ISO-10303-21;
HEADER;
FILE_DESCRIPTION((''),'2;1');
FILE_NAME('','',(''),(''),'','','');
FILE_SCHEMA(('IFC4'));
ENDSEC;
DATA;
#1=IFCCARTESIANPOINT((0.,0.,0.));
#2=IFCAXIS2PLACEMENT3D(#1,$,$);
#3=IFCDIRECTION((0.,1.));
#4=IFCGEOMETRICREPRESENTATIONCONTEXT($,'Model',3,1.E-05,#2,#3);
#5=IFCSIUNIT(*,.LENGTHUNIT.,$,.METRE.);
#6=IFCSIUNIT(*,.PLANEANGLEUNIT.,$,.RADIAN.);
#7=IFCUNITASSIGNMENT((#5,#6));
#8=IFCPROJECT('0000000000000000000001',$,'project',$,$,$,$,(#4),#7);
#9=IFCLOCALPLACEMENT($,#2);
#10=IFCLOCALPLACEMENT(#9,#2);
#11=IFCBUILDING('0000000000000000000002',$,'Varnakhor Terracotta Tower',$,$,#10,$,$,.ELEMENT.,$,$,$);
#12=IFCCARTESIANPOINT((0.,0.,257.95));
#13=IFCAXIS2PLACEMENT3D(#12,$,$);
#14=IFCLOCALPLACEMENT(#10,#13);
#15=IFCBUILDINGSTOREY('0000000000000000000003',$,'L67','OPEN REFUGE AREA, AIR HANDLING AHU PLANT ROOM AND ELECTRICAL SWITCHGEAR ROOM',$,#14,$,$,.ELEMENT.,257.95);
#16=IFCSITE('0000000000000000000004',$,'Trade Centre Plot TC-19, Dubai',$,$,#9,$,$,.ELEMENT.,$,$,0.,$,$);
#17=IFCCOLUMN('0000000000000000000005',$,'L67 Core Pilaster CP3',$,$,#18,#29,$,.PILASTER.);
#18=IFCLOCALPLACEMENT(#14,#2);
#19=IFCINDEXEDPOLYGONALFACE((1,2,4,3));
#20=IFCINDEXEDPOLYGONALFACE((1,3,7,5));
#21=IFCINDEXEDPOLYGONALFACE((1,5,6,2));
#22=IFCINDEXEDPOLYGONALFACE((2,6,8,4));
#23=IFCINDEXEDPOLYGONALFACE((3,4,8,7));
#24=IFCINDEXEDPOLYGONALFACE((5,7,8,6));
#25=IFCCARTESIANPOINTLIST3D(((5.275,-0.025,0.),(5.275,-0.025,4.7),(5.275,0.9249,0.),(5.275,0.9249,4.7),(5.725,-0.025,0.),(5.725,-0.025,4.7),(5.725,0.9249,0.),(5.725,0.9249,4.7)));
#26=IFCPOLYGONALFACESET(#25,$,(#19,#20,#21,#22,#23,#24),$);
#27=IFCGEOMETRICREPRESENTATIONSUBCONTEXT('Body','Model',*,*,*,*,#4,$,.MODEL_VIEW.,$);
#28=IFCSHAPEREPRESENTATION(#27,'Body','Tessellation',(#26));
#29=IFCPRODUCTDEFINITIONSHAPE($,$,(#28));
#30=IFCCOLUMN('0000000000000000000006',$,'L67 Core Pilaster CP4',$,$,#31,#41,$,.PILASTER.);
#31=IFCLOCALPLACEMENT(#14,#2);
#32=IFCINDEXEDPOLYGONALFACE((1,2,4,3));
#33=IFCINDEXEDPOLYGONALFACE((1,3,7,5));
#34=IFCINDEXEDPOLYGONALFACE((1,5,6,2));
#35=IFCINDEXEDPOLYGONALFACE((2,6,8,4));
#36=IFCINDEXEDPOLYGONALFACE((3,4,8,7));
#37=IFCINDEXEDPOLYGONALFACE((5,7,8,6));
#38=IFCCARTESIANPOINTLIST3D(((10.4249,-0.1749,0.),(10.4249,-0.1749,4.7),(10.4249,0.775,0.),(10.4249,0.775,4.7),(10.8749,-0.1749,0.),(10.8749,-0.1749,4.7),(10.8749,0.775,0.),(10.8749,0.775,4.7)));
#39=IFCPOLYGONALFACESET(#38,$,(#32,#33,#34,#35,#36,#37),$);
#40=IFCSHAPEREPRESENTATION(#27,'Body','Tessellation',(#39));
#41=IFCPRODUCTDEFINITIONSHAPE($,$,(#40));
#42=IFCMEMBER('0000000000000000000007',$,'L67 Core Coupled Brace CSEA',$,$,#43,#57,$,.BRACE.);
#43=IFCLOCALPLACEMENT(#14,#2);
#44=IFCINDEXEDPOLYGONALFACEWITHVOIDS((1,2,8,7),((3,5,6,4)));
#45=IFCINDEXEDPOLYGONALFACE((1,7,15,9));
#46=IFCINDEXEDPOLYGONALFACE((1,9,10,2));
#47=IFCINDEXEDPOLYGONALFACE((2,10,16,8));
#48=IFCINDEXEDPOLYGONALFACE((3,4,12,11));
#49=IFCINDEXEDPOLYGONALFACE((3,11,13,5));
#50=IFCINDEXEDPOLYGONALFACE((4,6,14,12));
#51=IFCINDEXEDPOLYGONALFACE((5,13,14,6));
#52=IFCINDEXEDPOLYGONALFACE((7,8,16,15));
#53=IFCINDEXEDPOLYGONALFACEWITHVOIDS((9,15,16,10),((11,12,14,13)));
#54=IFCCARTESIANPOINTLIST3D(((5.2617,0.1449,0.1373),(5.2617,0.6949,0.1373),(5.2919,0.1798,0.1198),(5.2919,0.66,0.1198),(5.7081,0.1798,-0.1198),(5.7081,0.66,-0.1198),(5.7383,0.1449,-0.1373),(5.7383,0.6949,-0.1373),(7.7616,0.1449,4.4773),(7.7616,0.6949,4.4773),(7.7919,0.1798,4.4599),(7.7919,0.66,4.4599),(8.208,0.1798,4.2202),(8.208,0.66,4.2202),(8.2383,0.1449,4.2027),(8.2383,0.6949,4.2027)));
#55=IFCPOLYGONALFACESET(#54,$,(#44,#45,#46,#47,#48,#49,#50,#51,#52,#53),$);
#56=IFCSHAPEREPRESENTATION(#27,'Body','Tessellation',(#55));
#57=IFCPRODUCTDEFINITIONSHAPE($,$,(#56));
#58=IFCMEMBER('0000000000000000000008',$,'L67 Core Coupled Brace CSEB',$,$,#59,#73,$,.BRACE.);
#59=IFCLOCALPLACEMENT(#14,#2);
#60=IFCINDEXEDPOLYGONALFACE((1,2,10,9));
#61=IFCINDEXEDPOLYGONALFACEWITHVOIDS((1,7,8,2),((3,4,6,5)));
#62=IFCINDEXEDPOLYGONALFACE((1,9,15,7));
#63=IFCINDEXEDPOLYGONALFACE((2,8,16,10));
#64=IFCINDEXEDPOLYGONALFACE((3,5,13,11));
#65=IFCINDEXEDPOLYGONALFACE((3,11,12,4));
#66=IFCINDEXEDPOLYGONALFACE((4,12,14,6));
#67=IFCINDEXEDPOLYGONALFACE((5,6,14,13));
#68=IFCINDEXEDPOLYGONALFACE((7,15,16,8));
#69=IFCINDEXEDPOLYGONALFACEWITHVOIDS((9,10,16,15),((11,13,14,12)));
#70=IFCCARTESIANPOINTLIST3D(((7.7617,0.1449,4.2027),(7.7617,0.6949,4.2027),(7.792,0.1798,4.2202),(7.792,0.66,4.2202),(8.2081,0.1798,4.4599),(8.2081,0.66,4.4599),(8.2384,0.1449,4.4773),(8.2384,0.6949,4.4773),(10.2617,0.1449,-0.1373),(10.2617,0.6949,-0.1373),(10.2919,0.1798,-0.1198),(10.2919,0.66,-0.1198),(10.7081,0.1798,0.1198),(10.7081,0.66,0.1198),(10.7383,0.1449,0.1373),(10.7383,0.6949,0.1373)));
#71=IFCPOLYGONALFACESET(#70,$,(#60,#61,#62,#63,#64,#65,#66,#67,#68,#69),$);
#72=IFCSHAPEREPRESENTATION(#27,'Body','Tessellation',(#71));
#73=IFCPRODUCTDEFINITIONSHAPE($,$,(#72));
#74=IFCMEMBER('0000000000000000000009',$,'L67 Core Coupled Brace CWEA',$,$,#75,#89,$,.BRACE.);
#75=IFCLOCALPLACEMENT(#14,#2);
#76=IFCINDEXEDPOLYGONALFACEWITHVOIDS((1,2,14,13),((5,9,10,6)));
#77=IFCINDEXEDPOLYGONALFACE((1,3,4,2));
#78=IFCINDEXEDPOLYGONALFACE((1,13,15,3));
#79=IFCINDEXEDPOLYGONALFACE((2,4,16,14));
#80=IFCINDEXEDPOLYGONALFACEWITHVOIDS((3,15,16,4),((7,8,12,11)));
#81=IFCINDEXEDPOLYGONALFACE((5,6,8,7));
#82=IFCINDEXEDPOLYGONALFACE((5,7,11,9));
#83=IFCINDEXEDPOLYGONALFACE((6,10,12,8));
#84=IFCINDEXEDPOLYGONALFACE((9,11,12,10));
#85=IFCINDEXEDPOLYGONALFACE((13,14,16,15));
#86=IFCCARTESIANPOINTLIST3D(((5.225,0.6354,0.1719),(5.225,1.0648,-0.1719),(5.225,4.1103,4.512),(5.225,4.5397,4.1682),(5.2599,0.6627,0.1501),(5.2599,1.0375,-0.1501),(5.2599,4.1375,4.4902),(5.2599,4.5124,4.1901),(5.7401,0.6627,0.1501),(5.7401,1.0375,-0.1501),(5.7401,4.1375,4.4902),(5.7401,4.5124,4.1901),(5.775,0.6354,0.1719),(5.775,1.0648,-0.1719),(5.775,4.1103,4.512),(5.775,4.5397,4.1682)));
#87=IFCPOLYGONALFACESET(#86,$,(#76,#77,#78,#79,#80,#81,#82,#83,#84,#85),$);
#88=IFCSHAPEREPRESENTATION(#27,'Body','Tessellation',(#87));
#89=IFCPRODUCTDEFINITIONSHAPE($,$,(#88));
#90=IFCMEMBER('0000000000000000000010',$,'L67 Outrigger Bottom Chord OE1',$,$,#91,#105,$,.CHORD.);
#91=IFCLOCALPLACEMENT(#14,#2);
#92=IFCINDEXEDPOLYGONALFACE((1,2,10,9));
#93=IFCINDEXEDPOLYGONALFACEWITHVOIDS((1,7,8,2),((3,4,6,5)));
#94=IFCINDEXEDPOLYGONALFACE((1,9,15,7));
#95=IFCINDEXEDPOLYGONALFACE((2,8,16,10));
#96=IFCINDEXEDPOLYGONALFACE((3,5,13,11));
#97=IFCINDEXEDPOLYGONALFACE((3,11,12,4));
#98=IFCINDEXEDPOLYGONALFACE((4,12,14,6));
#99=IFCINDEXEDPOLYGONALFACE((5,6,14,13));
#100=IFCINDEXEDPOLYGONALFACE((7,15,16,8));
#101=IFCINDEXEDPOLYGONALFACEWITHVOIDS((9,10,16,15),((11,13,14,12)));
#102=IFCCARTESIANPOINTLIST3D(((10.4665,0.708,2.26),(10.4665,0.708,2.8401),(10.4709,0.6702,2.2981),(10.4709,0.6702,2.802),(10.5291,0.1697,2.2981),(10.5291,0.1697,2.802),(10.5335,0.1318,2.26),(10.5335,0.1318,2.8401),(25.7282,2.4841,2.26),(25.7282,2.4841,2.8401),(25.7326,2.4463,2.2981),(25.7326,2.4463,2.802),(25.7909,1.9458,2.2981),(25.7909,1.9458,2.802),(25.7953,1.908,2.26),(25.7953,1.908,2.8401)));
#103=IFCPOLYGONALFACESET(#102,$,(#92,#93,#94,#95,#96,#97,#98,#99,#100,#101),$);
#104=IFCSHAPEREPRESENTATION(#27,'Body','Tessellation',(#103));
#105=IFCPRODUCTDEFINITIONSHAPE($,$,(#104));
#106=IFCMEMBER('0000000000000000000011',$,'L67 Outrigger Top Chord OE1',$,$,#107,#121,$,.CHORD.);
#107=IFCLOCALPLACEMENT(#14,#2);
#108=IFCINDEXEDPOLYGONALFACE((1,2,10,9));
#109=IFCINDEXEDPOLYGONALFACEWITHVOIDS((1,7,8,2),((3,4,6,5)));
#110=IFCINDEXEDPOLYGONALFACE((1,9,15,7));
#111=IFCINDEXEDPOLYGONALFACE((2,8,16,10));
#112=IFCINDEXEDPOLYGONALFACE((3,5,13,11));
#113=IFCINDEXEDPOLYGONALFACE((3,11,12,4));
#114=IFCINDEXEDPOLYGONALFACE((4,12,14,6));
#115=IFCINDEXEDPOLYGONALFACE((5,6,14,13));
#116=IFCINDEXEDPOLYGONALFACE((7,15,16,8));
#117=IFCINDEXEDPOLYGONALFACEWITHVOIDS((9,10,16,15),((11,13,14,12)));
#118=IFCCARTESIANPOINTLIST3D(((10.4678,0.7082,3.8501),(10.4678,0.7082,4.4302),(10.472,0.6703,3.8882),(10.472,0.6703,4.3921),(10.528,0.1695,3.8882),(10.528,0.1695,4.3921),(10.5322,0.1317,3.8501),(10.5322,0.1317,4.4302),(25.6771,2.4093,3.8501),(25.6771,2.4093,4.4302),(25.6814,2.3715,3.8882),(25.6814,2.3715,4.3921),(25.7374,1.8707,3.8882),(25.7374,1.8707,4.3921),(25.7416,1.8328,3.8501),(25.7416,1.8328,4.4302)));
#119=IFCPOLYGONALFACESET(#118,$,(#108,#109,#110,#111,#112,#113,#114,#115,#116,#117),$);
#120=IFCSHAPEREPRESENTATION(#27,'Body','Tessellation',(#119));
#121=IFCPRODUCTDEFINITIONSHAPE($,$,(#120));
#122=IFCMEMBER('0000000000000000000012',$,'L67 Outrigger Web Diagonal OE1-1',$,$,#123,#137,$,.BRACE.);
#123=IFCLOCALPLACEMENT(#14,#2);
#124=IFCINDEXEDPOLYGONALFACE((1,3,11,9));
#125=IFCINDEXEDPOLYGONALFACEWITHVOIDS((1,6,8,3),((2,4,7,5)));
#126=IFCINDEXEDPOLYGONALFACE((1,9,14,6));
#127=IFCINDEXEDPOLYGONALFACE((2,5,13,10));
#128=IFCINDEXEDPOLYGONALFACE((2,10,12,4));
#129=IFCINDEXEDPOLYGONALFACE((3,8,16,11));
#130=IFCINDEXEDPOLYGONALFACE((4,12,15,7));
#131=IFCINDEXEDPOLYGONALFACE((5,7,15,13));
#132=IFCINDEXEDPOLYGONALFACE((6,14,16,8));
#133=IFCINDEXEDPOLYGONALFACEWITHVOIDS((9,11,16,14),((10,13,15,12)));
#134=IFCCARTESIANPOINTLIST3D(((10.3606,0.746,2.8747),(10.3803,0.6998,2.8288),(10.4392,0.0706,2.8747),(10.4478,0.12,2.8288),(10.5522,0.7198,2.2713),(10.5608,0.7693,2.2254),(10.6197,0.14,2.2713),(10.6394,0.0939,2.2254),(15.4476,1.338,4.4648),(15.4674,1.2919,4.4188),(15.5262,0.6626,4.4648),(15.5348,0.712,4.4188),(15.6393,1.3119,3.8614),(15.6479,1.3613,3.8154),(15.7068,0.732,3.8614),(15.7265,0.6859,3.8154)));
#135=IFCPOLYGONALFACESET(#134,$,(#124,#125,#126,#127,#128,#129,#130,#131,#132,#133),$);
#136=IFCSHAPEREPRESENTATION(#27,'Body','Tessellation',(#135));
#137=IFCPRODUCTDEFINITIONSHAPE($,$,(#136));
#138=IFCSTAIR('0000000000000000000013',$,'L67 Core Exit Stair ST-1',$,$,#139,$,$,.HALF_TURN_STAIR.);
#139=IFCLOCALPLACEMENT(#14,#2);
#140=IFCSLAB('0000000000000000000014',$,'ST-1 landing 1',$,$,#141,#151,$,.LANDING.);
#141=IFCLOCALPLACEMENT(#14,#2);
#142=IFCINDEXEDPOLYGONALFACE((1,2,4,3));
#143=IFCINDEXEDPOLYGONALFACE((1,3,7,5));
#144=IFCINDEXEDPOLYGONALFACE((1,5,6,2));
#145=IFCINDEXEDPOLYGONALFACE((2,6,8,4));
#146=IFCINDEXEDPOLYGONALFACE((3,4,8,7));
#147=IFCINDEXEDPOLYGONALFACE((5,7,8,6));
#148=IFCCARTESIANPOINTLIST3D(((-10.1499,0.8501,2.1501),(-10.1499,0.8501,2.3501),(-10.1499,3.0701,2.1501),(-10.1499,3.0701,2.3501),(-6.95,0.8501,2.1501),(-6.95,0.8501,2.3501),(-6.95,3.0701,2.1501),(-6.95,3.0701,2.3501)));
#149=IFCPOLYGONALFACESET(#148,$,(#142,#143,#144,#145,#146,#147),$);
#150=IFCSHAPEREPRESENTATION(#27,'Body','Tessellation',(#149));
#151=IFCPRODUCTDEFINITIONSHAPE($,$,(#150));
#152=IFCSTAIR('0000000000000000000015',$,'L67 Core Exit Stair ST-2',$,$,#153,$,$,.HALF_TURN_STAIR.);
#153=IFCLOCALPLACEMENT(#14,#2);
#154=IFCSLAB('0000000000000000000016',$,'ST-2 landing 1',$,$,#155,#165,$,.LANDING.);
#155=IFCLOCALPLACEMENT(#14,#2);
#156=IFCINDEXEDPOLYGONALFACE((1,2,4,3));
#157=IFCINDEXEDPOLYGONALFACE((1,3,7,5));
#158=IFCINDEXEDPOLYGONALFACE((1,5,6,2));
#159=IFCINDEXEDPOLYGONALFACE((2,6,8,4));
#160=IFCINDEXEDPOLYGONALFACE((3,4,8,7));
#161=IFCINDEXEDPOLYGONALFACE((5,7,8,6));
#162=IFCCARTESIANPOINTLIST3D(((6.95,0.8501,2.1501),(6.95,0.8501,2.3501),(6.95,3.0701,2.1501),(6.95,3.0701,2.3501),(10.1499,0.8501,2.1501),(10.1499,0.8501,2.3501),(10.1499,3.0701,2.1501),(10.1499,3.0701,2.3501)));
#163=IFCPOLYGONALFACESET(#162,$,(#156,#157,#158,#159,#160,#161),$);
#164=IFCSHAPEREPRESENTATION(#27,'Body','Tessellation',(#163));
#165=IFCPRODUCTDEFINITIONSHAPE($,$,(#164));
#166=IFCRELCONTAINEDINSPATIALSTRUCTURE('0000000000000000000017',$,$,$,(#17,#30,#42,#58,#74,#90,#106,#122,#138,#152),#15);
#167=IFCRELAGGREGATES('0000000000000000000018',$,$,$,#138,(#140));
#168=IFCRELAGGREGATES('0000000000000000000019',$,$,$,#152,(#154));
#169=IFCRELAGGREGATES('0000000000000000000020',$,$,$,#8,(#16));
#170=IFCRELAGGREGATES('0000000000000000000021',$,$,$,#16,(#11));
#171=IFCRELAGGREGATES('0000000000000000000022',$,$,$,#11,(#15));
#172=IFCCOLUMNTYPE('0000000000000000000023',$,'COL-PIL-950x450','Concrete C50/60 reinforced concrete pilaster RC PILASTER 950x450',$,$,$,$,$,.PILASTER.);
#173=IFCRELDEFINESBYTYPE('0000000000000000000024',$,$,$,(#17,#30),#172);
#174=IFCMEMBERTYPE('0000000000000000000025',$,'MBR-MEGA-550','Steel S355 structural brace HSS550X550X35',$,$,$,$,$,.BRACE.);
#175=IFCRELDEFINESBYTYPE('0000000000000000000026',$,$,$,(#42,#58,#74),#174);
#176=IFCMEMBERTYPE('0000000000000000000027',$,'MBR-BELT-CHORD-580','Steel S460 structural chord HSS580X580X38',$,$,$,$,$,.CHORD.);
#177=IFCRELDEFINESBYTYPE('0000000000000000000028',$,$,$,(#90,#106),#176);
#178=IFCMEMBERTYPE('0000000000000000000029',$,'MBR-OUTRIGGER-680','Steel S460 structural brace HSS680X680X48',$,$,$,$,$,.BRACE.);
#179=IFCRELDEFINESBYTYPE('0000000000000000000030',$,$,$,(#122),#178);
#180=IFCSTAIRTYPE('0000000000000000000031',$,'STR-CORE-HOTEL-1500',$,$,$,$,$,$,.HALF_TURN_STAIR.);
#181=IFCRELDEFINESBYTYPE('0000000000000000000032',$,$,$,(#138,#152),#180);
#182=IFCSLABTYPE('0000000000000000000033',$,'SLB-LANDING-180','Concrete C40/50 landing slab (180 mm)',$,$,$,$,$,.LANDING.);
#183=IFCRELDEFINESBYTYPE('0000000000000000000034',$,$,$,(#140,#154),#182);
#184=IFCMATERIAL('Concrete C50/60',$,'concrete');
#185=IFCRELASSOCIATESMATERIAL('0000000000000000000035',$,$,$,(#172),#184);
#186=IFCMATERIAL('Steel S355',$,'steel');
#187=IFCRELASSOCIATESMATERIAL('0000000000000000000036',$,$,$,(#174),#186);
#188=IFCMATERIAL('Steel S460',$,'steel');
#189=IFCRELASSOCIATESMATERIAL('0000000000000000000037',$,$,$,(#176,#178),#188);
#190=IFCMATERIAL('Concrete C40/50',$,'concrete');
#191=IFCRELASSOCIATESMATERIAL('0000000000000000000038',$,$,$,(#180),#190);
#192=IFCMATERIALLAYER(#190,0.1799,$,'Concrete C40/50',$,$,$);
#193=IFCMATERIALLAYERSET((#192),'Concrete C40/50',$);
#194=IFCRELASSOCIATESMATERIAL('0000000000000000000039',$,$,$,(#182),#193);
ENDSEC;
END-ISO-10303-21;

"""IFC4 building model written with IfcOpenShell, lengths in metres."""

from ifc_helpers import new_model, si_unit, direction, frame, origin, origin_2d, place, context, subcontext, project, spatial, polyline, rectangle, hollow_rectangle, outline, extrude, source, transform, mapped, material, layer, layer_set, material_profile, profile_set, type_object, element, aggregate, save


model = new_model("IFC4")

# Units and contexts
model_context = context("Model", 3, precision=1e-05, world=origin(), true_north=direction((0.0, 1.0)))
body_context = subcontext(model_context, "Body", "Model", "MODEL_VIEW")
ifc_project = project(units=[si_unit("LENGTHUNIT", "METRE"), si_unit("PLANEANGLEUNIT", "RADIAN")], contexts=[model_context])

# Site, building, storey
site_placement = place(None, origin())
site = spatial("IfcSite", under=ifc_project, at=site_placement, Name="Trade Centre Plot TC-19, Dubai", CompositionType="ELEMENT", RefElevation=0.0)
building_placement = place(site_placement, origin())
building = spatial("IfcBuilding", under=site, at=building_placement, Name="Varnakhor Terracotta Tower", CompositionType="ELEMENT")
storey_placement = place(building_placement, frame((0.0, 0.0, 257.95)))
storey = spatial("IfcBuildingStorey", under=building, at=storey_placement, Name="L67", Description="OPEN REFUGE AREA, AIR HANDLING AHU PLANT ROOM AND ELECTRICAL SWITCHGEAR ROOM", CompositionType="ELEMENT", Elevation=257.95)

# Columns
ifc_material_1 = material(Name="Concrete C50/60", Category="concrete")
ifc_material_profile_1 = material_profile(ifc_material_1, rectangle(XDim=0.45, YDim=0.95, at=origin_2d()), Name="RC PILASTER 950x450")
ifc_profile_set_1 = profile_set([ifc_material_profile_1], Name="Concrete C50/60")
column_type = type_object("IfcColumnType", Name="COL-PIL-950x450", Description="Concrete C50/60 reinforced concrete pilaster RC PILASTER 950x450", PredefinedType="PILASTER", material=ifc_profile_set_1)
shared_shape_1 = source(origin(), body_context, "Body", "SweptSolid", [
    extrude(rectangle(XDim=0.45, YDim=0.95, at=origin_2d()), origin(), (0.0, 0.0, 1.0), 4.7),
])
for number, where, z_axis, x_axis, name in (
    (1, (5.5, 0.45, 0.0), (0.0, 0.0, 1.0), (1.0, 0.0, 0.0), "L67 Core Pilaster CP3"),
    (2, (10.6499, 0.3, 0.0), (0.0, 0.0, 1.0), (1.0, 0.0, 0.0), "L67 Core Pilaster CP4"),
):
    element("IfcColumn", number, at=place(storey_placement, frame(where, z_axis=z_axis, x_axis=x_axis)), inside=storey, type_object=column_type, Name=name, PredefinedType="PILASTER", context=body_context, shape_type="MappedRepresentation", body=[
        mapped(shared_shape_1, transform((0.0, 0.0, 0.0), scale=1.0)),
    ])

# Members
ifc_material_2 = material(Name="Steel S355", Category="steel")
ifc_material_profile_2 = material_profile(ifc_material_2, hollow_rectangle(XDim=0.55, YDim=0.55, WallThickness=0.0349, at=origin_2d()), Name="HSS550X550X35")
ifc_profile_set_2 = profile_set([ifc_material_profile_2], Name="Steel S355")
member_type_1 = type_object("IfcMemberType", Name="MBR-MEGA-550", Description="Steel S355 structural brace HSS550X550X35", PredefinedType="BRACE", material=ifc_profile_set_2)
shared_shape_2 = source(origin(), body_context, "Body", "SweptSolid", [
    extrude(hollow_rectangle(XDim=0.55, YDim=0.55, WallThickness=0.0349, at=origin_2d()), origin(), (0.0, 0.0, 1.0), 5.0085),
])
for number, where, z_axis, x_axis, name in (
    (3, (5.5, 0.4199, 0.0), (0.499139, 0.0, 0.866522), (0.0, 1.0, 0.0), "L67 Core Coupled Brace CSEA"),
    (4, (10.5, 0.4199, 0.0), (-0.499139, 0.0, 0.866522), (0.0, -1.0, 0.0), "L67 Core Coupled Brace CSEB"),
):
    element("IfcMember", number, at=place(storey_placement, frame(where, z_axis=z_axis, x_axis=x_axis)), inside=storey, type_object=member_type_1, Name=name, PredefinedType="BRACE", context=body_context, shape_type="MappedRepresentation", body=[
        mapped(shared_shape_2, transform((0.0, 0.0, 0.0), scale=1.0)),
    ])
shared_shape_3 = source(origin(), body_context, "Body", "SweptSolid", [
    extrude(hollow_rectangle(XDim=0.55, YDim=0.55, WallThickness=0.0349, at=origin_2d()), origin(), (0.0, 0.0, 1.0), 5.5598),
])
member_1_placement = place(storey_placement, frame((5.5, 0.8501, 0.0), z_axis=(0.0, 0.625, 0.780625), x_axis=(-1.0, 0.0, 0.0)))
element("IfcMember", 5, at=member_1_placement, inside=storey, type_object=member_type_1, Name="L67 Core Coupled Brace CWEA", PredefinedType="BRACE", context=body_context, shape_type="MappedRepresentation", body=[
    mapped(shared_shape_3, transform((0.0, 0.0, 0.0), scale=1.0)),
])
ifc_material_3 = material(Name="Steel S460", Category="steel")
ifc_material_profile_3 = material_profile(ifc_material_3, hollow_rectangle(XDim=0.5801, YDim=0.5801, WallThickness=0.0381, at=origin_2d()), Name="HSS580X580X38")
ifc_profile_set_3 = profile_set([ifc_material_profile_3], Name="Steel S460")
member_type_2 = type_object("IfcMemberType", Name="MBR-BELT-CHORD-580", Description="Steel S460 structural chord HSS580X580X38", PredefinedType="CHORD", material=ifc_profile_set_3)
shared_shape_4 = source(origin(), body_context, "Body", "SweptSolid", [
    extrude(hollow_rectangle(XDim=0.5801, YDim=0.5801, WallThickness=0.0381, at=origin_2d()), origin(), (0.0, 0.0, 1.0), 15.3647),
])
member_2_placement = place(storey_placement, frame((10.5, 0.4199, 2.55), z_axis=(0.993296, 0.115597, 0.0), x_axis=(-0.115597, 0.993296, 0.0)))
element("IfcMember", 6, at=member_2_placement, inside=storey, type_object=member_type_2, Name="L67 Outrigger Bottom Chord OE1", PredefinedType="CHORD", context=body_context, shape_type="MappedRepresentation", body=[
    mapped(shared_shape_4, transform((0.0, 0.0, 0.0), scale=1.0)),
])
shared_shape_5 = source(origin(), body_context, "Body", "SweptSolid", [
    extrude(hollow_rectangle(XDim=0.5801, YDim=0.5801, WallThickness=0.0381, at=origin_2d()), origin(), (0.0, 0.0, 1.0), 15.3042),
])
member_3_placement = place(storey_placement, frame((10.5, 0.4199, 4.1401), z_axis=(0.993803, 0.111156, 0.0), x_axis=(-0.111156, 0.993803, 0.0)))
element("IfcMember", 7, at=member_3_placement, inside=storey, type_object=member_type_2, Name="L67 Outrigger Top Chord OE1", PredefinedType="CHORD", context=body_context, shape_type="MappedRepresentation", body=[
    mapped(shared_shape_5, transform((0.0, 0.0, 0.0), scale=1.0)),
])
ifc_material_profile_4 = material_profile(ifc_material_3, hollow_rectangle(XDim=0.6799, YDim=0.6799, WallThickness=0.0481, at=origin_2d()), Name="HSS680X680X48")
ifc_profile_set_4 = profile_set([ifc_material_profile_4], Name="Steel S460")
member_type_3 = type_object("IfcMemberType", Name="MBR-OUTRIGGER-680", Description="Steel S460 structural brace HSS680X680X48", PredefinedType="BRACE", material=ifc_profile_set_4)
shared_shape_6 = source(origin(), body_context, "Body", "SweptSolid", [
    extrude(hollow_rectangle(XDim=0.6799, YDim=0.6799, WallThickness=0.0481, at=origin_2d()), origin(), (0.0, 0.0, 1.0), 5.3625),
])
member_4_placement = place(storey_placement, frame((10.5, 0.4199, 2.55), z_axis=(0.948627, 0.110401, 0.296511), x_axis=(-0.115599, 0.993296, 0.0)))
element("IfcMember", 8, at=member_4_placement, inside=storey, type_object=member_type_3, Name="L67 Outrigger Web Diagonal OE1-1", PredefinedType="BRACE", context=body_context, shape_type="MappedRepresentation", body=[
    mapped(shared_shape_6, transform((0.0, 0.0, 0.0), scale=1.0)),
])

# Stairs, slabs
ifc_material_4 = material(Name="Concrete C40/50", Category="concrete")
stair_type = type_object("IfcStairType", Name="STR-CORE-HOTEL-1500", PredefinedType="HALF_TURN_STAIR", material=ifc_material_4)
stair_1_placement = place(storey_placement, origin())
stair_1 = element("IfcStair", 9, at=stair_1_placement, inside=storey, type_object=stair_type, Name="L67 Core Exit Stair ST-1", PredefinedType="HALF_TURN_STAIR")
ifc_layer_1 = layer(ifc_material_4, 0.1799, Name="Concrete C40/50")
ifc_layer_set_1 = layer_set([ifc_layer_1], Name="Concrete C40/50")
slab_type_1 = type_object("IfcSlabType", Name="SLB-LANDING-180", Description="Concrete C40/50 landing slab (180 mm)", PredefinedType="LANDING", material=ifc_layer_set_1)
slab_1_placement = place(storey_placement, frame((0.0, 0.0, 2.1501)))
slab_1 = element("IfcSlab", 10, at=slab_1_placement, type_object=slab_type_1, Name="ST-1 landing 1", PredefinedType="LANDING", context=body_context, shape_type="SweptSolid", body=[
    extrude(outline(polyline([(-10.1499, 3.0701), (-10.1499, 0.8501), (-6.95, 0.8501), (-6.95, 3.0701), (-10.1499, 3.0701)])), origin(), (0.0, 0.0, 1.0), 0.2),
])
aggregate(stair_1, [slab_1])
stair_2_placement = place(storey_placement, origin())
stair_2 = element("IfcStair", 11, at=stair_2_placement, inside=storey, type_object=stair_type, Name="L67 Core Exit Stair ST-2", PredefinedType="HALF_TURN_STAIR")
slab_2_placement = place(storey_placement, frame((0.0, 0.0, 2.1501)))
slab_2 = element("IfcSlab", 12, at=slab_2_placement, type_object=slab_type_1, Name="ST-2 landing 1", PredefinedType="LANDING", context=body_context, shape_type="SweptSolid", body=[
    extrude(outline(polyline([(6.95, 3.0701), (6.95, 0.8501), (10.1499, 0.8501), (10.1499, 3.0701), (6.95, 3.0701)])), origin(), (0.0, 0.0, 1.0), 0.2),
])

aggregate(stair_2, [slab_2])

save(model, "model.ifc")
